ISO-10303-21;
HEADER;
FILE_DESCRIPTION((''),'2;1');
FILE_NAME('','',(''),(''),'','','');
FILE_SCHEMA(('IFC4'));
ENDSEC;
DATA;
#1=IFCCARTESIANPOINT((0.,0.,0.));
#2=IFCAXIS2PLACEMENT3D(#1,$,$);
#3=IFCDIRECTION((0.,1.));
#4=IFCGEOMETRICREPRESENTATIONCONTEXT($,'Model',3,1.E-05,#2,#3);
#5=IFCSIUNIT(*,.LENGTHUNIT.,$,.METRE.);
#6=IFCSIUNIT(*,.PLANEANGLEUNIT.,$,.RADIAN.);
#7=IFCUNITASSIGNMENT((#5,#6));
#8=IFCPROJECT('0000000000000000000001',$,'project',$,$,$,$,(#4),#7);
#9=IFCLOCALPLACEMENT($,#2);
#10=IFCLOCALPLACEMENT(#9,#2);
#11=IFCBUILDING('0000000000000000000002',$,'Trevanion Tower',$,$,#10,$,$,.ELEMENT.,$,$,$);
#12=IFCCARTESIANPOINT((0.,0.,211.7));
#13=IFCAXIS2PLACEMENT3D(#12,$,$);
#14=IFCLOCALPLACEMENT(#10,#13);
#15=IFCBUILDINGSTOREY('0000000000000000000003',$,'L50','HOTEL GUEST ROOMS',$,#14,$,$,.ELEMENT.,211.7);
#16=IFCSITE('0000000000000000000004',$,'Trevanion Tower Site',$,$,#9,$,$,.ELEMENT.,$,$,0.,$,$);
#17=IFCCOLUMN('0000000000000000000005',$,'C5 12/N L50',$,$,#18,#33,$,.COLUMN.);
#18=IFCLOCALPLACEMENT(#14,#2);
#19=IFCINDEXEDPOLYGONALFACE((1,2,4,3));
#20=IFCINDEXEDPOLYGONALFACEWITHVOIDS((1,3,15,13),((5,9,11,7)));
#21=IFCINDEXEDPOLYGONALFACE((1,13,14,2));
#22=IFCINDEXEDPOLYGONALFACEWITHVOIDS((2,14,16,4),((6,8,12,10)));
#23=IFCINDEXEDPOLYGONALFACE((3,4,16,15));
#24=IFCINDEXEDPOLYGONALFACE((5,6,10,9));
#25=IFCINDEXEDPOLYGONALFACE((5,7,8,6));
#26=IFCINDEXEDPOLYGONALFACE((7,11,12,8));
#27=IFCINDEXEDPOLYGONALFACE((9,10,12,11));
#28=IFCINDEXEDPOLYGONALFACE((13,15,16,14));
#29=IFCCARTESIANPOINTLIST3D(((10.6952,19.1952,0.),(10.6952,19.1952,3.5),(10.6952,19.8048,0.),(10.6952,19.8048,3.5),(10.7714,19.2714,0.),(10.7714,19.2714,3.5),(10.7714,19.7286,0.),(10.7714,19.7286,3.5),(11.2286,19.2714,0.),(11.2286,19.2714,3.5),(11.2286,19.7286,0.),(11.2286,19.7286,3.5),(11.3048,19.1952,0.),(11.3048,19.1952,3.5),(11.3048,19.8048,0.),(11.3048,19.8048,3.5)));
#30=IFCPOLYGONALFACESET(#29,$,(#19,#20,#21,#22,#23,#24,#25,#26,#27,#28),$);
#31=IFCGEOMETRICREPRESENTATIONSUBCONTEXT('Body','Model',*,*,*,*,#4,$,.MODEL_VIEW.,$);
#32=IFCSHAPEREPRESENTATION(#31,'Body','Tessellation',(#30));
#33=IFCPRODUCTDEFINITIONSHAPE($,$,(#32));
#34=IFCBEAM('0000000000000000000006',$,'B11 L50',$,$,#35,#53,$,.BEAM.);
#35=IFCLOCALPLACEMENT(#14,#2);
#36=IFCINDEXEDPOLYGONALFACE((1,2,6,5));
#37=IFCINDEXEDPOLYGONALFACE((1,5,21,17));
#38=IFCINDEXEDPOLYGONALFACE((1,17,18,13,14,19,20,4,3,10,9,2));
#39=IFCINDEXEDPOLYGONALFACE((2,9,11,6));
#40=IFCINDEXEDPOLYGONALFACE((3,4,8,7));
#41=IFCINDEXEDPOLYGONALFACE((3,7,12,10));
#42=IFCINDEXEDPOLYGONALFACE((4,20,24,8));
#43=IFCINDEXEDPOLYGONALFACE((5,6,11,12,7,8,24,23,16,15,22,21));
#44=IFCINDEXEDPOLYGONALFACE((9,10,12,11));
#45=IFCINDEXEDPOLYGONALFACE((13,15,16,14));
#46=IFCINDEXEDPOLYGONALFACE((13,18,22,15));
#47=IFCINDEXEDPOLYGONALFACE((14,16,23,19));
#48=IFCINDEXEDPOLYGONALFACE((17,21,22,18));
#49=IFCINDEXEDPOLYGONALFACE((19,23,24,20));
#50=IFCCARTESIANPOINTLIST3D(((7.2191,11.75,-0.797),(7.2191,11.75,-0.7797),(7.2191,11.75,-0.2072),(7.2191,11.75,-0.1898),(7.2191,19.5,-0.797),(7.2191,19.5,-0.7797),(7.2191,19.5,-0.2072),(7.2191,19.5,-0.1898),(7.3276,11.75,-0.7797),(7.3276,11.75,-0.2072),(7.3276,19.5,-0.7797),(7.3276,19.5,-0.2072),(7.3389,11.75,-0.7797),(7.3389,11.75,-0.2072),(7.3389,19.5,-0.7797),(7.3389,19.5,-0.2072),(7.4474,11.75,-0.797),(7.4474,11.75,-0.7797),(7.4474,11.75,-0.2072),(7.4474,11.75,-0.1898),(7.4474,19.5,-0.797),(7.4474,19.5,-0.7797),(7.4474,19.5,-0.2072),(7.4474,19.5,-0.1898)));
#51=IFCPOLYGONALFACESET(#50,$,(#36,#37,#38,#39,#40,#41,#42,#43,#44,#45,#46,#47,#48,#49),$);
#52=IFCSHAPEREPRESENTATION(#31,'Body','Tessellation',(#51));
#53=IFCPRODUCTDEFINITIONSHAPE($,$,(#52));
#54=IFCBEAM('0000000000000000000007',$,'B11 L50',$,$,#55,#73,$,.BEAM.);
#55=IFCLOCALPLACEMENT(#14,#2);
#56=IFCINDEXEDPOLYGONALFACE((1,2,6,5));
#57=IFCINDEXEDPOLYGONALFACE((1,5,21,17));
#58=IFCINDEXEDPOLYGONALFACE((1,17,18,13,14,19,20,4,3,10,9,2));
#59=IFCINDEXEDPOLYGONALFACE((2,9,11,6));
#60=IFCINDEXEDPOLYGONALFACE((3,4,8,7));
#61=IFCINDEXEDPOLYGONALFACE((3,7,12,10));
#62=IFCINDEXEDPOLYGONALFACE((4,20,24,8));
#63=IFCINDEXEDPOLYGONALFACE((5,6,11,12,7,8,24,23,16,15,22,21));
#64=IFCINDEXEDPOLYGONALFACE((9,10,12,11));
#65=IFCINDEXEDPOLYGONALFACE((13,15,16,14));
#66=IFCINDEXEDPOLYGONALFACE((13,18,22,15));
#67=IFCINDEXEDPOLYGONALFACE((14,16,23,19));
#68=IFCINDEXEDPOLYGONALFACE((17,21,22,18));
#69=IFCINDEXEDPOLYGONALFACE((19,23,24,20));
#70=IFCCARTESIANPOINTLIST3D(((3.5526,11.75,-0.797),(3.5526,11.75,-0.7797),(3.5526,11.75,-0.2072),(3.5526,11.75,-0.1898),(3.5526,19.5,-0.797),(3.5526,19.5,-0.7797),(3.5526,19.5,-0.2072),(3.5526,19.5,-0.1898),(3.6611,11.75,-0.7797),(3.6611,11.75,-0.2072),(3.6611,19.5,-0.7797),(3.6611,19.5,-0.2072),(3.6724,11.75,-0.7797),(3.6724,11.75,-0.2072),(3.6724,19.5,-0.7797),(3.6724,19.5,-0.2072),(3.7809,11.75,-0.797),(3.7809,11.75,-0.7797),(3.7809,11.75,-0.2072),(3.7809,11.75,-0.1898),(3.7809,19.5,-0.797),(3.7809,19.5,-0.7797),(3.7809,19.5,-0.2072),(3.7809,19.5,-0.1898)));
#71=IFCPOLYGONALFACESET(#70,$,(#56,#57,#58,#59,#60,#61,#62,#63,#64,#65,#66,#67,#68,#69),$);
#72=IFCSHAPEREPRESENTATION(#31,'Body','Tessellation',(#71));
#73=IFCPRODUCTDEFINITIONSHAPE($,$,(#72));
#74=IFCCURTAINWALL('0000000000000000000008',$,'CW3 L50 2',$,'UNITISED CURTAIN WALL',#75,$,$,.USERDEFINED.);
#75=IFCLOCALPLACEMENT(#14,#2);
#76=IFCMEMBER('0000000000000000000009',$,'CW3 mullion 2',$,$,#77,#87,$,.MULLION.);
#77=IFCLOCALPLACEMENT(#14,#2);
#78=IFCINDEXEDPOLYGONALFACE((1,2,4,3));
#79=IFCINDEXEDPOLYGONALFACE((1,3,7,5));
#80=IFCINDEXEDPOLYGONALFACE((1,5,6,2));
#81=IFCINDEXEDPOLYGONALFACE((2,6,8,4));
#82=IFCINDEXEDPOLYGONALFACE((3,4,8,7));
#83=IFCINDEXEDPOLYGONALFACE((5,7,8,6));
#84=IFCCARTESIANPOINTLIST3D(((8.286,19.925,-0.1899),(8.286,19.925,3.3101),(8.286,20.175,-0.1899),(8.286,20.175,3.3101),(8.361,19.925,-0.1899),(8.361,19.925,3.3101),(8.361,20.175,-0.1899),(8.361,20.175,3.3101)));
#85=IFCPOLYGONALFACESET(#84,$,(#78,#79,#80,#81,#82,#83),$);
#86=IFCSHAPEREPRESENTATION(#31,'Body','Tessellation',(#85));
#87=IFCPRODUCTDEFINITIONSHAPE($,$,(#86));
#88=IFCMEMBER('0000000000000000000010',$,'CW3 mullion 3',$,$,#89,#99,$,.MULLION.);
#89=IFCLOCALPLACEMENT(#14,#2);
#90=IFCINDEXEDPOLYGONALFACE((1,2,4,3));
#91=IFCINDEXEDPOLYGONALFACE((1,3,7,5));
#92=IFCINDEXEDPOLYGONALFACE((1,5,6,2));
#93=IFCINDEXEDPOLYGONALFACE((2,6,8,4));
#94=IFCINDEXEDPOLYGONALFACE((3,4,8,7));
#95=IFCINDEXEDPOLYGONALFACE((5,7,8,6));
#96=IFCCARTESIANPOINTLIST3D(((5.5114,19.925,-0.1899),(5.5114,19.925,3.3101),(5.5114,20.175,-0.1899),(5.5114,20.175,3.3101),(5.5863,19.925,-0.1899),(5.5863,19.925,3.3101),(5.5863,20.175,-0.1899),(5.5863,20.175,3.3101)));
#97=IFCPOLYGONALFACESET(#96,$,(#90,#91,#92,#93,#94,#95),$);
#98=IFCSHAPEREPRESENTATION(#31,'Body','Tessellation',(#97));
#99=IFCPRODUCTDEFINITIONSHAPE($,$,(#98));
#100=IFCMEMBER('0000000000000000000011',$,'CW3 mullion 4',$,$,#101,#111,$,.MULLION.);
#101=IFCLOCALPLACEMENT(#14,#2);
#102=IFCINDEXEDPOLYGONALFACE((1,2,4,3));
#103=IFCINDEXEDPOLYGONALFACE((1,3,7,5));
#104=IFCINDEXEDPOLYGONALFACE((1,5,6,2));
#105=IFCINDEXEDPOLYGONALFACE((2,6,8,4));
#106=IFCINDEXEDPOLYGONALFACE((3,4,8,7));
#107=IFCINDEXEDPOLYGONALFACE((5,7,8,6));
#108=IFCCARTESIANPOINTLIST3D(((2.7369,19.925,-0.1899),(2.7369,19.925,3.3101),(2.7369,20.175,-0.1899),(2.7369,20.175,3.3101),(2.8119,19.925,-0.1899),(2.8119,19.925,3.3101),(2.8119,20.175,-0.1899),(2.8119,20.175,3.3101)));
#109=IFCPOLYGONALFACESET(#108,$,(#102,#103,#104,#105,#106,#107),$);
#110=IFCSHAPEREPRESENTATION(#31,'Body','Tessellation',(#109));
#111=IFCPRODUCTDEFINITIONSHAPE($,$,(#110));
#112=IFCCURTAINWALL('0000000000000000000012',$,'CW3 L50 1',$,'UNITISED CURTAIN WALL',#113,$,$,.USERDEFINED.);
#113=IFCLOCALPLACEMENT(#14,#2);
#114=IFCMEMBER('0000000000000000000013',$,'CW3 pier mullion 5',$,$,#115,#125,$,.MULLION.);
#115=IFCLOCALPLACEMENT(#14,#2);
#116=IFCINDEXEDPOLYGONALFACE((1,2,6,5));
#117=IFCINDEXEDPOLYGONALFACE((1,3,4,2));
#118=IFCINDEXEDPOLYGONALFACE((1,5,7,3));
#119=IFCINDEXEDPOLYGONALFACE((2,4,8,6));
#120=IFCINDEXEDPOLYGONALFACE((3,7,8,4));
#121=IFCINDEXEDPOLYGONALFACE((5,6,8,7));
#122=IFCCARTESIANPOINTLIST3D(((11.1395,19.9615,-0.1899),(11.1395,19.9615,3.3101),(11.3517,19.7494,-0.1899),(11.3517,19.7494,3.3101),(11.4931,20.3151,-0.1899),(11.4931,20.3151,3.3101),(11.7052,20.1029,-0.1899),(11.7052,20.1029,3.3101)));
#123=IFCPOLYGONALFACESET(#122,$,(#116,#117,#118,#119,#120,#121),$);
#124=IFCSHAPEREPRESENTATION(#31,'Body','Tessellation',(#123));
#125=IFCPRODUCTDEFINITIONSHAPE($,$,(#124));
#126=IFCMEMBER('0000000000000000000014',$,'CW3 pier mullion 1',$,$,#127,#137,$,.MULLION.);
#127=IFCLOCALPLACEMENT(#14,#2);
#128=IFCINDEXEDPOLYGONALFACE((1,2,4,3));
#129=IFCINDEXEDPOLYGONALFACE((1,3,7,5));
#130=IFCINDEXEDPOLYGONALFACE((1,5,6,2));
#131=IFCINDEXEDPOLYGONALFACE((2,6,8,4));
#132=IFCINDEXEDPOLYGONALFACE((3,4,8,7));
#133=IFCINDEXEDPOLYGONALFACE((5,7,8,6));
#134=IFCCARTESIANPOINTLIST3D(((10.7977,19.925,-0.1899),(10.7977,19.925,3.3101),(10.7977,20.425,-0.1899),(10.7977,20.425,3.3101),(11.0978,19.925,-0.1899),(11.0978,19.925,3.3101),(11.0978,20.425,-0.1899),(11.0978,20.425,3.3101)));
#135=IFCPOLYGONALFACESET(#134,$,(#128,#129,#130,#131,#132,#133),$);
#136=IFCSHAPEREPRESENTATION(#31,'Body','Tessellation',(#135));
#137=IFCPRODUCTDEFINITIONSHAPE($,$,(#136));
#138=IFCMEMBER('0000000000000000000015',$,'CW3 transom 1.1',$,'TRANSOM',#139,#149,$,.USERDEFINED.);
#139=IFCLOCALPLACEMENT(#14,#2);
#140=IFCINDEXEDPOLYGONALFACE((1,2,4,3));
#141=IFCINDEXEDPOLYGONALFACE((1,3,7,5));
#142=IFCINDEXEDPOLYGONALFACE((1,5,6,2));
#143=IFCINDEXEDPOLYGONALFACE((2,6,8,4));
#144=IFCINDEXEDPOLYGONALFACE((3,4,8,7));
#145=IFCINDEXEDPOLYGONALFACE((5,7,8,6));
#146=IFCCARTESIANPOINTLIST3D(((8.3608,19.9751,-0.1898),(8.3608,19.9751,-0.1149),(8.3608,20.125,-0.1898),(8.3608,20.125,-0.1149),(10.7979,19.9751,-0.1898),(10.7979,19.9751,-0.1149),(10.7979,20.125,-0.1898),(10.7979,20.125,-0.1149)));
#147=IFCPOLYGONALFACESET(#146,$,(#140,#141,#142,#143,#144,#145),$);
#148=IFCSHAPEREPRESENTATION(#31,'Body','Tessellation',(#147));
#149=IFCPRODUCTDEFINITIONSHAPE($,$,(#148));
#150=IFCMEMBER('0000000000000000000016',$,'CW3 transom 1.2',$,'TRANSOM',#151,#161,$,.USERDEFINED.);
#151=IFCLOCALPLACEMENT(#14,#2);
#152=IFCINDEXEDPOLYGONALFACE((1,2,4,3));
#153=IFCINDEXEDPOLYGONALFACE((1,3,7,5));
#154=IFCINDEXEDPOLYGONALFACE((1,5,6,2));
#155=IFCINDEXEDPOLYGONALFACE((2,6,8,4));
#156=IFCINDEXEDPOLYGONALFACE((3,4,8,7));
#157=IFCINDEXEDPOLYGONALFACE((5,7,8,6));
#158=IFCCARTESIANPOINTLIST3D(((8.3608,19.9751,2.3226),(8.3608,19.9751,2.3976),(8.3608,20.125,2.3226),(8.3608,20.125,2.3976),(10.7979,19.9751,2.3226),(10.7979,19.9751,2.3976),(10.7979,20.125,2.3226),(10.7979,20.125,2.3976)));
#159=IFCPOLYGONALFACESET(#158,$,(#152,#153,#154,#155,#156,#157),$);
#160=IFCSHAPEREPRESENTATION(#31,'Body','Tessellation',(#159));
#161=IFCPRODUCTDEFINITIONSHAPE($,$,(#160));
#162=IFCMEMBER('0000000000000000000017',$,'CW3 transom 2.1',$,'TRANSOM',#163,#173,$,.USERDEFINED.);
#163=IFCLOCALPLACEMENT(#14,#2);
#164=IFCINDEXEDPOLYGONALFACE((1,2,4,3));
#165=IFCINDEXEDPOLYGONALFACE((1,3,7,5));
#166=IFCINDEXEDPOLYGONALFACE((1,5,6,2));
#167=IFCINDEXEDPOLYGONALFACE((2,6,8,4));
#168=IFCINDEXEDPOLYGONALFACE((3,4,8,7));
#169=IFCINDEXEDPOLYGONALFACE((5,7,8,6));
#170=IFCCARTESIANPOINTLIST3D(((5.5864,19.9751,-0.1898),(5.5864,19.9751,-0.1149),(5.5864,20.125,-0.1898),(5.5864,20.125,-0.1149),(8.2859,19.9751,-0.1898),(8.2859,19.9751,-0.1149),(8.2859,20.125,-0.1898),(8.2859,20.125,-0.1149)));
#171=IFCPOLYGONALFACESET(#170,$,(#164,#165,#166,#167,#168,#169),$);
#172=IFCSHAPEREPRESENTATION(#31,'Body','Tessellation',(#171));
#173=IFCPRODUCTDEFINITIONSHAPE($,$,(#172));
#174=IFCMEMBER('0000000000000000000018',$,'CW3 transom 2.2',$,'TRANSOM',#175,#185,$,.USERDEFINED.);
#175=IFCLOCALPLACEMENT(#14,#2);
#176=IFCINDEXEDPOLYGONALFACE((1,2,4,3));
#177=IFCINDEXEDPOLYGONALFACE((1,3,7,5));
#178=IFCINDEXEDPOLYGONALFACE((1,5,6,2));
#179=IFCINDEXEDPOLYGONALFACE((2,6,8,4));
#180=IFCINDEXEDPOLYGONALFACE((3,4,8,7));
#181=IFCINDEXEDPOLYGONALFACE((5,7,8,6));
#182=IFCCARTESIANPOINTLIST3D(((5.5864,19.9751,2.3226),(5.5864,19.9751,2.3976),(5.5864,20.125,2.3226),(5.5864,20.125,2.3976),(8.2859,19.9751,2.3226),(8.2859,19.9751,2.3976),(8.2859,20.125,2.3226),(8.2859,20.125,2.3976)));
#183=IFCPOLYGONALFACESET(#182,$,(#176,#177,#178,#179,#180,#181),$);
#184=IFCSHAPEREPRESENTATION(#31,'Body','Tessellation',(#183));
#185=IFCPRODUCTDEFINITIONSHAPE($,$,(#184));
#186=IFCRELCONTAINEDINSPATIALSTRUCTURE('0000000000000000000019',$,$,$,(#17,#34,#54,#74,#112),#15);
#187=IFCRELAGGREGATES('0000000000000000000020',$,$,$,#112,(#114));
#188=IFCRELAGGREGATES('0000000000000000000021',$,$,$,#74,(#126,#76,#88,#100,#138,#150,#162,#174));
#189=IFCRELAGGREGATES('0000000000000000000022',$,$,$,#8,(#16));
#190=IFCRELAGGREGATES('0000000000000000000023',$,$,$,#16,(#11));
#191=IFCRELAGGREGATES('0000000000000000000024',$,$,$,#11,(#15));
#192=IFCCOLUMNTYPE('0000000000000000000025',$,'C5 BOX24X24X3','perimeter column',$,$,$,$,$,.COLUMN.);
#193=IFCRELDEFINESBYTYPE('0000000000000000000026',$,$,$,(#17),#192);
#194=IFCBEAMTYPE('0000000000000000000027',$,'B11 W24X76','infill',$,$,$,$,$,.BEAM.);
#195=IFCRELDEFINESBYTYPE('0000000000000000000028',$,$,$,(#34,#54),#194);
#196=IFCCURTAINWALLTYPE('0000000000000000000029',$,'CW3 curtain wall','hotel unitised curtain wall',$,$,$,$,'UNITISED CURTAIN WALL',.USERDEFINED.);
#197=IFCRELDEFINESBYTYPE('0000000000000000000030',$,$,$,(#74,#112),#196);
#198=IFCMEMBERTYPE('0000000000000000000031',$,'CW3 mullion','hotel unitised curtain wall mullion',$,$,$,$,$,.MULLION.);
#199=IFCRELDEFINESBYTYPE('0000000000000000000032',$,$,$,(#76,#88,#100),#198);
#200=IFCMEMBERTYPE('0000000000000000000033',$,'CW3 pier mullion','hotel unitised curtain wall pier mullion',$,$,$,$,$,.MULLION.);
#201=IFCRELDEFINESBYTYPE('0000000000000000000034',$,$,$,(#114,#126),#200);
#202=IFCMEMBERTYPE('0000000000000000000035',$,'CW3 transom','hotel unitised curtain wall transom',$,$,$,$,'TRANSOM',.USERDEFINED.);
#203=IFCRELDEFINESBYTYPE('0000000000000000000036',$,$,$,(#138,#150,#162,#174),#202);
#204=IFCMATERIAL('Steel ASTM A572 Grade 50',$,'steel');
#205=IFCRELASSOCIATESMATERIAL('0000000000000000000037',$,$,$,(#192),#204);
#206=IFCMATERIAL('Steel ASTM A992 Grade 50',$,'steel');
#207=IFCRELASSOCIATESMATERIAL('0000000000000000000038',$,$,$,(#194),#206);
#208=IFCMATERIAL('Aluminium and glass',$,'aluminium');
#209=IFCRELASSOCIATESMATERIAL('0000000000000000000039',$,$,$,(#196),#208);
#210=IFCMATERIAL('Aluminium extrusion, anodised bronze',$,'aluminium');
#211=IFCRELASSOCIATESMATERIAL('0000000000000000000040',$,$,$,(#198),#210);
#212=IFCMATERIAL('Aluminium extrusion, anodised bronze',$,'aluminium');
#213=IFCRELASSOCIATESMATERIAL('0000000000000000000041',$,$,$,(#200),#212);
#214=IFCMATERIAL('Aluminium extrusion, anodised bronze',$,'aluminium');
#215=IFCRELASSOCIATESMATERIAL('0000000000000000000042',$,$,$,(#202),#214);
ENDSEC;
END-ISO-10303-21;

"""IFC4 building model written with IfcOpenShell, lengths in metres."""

from ifc_helpers import new_model, si_unit, direction, frame, origin, origin_2d, place, context, subcontext, project, spatial, rectangle, hollow_rectangle, i_section, extrude, material, material_profile, profile_set, type_object, element, aggregate, save


model = new_model("IFC4")

# Units and contexts
model_context = context("Model", 3, precision=1e-05, world=origin(), true_north=direction((0.0, 1.0)))
body_context = subcontext(model_context, "Body", "Model", "MODEL_VIEW")
ifc_project = project(units=[si_unit("LENGTHUNIT", "METRE"), si_unit("PLANEANGLEUNIT", "RADIAN")], contexts=[model_context])

# Site, building, storey
site_placement = place(None, origin())
site = spatial("IfcSite", under=ifc_project, at=site_placement, Name="Trevanion Tower Site", CompositionType="ELEMENT", RefElevation=0.0)
building_placement = place(site_placement, origin())
building = spatial("IfcBuilding", under=site, at=building_placement, Name="Trevanion Tower", CompositionType="ELEMENT")
storey_placement = place(building_placement, frame((0.0, 0.0, 211.7)))
storey = spatial("IfcBuildingStorey", under=building, at=storey_placement, Name="L50", Description="HOTEL GUEST ROOMS", CompositionType="ELEMENT", Elevation=211.7)

# Column
ifc_material_1 = material(Name="Steel ASTM A572 Grade 50", Category="steel")
ifc_material_profile_1 = material_profile(ifc_material_1, hollow_rectangle(XDim=0.6096, YDim=0.6096, WallThickness=0.0762, at=origin_2d()), Name="BOX24X24X3")
ifc_profile_set_1 = profile_set([ifc_material_profile_1], Name="Steel ASTM A572 Grade 50")
column_type = type_object("IfcColumnType", Name="C5 BOX24X24X3", Description="perimeter column", PredefinedType="COLUMN", material=ifc_profile_set_1)
column_placement = place(storey_placement, frame((11.0, 19.5, 0.0), z_axis=(0.0, 0.0, 1.0), x_axis=(1.0, 0.0, 0.0)))
element("IfcColumn", 1, at=column_placement, inside=storey, type_object=column_type, Name="C5 12/N L50", PredefinedType="COLUMN", context=body_context, shape_type="SweptSolid", body=[
    extrude(hollow_rectangle(XDim=0.6096, YDim=0.6096, WallThickness=0.0762, at=origin_2d()), origin(), (0.0, 0.0, 1.0), 3.5),
])

# Beams
ifc_material_2 = material(Name="Steel ASTM A992 Grade 50", Category="steel")
ifc_material_profile_2 = material_profile(ifc_material_2, i_section(OverallWidth=0.2283, OverallDepth=0.6072, WebThickness=0.0112, FlangeThickness=0.0173, at=origin_2d()), Name="W24X76")
ifc_profile_set_2 = profile_set([ifc_material_profile_2], Name="Steel ASTM A992 Grade 50")
beam_type_1 = type_object("IfcBeamType", Name="B11 W24X76", Description="infill", PredefinedType="BEAM", material=ifc_profile_set_2)
for number, where, z_axis, x_axis, name in (
    (2, (7.3333, 11.75, -0.4934), (0.0, 1.0, 0.0), (-1.0, 0.0, 0.0), "B11 L50"),
    (3, (3.6667, 11.75, -0.4934), (0.0, 1.0, 0.0), (-1.0, 0.0, 0.0), "B11 L50"),
):
    element("IfcBeam", number, at=place(storey_placement, frame(where, z_axis=z_axis, x_axis=x_axis)), inside=storey, type_object=beam_type_1, Name=name, PredefinedType="BEAM", context=body_context, shape_type="SweptSolid", body=[
        extrude(i_section(OverallWidth=0.2283, OverallDepth=0.6072, WebThickness=0.0112, FlangeThickness=0.0173, at=origin_2d()), origin(), (0.0, 0.0, 1.0), 7.75),
    ])

# Curtain wall, members
ifc_material_3 = material(Name="Aluminium and glass", Category="aluminium")
curtain_wall_type = type_object("IfcCurtainWallType", Name="CW3 curtain wall", Description="hotel unitised curtain wall", ElementType="UNITISED CURTAIN WALL", PredefinedType="USERDEFINED", material=ifc_material_3)
curtain_wall_1_placement = place(storey_placement, origin())
curtain_wall_1 = element("IfcCurtainWall", 4, at=curtain_wall_1_placement, inside=storey, type_object=curtain_wall_type, Name="CW3 L50 2", ObjectType="UNITISED CURTAIN WALL", PredefinedType="USERDEFINED")
ifc_material_4 = material(Name="Aluminium extrusion, anodised bronze", Category="aluminium")
ifc_material_profile_3 = material_profile(ifc_material_4, rectangle(XDim=0.075, YDim=0.25, at=origin_2d()), Name="CW3 mullion")
ifc_profile_set_3 = profile_set([ifc_material_profile_3], Name="Aluminium extrusion, anodised bronze")
member_type_1 = type_object("IfcMemberType", Name="CW3 mullion", Description="hotel unitised curtain wall mullion", PredefinedType="MULLION", material=ifc_profile_set_3)
member_1_placement = place(storey_placement, frame((8.3235, 20.05, -0.1899), z_axis=(0.0, 0.0, 1.0), x_axis=(-1.0, 0.0, 0.0)))
member_1 = element("IfcMember", 5, at=member_1_placement, type_object=member_type_1, Name="CW3 mullion 2", PredefinedType="MULLION", context=body_context, shape_type="SweptSolid", body=[
    extrude(rectangle(XDim=0.075, YDim=0.25, at=origin_2d()), origin(), (0.0, 0.0, 1.0), 3.5),
])
member_2_placement = place(storey_placement, frame((5.5488, 20.05, -0.1899), z_axis=(0.0, 0.0, 1.0), x_axis=(-1.0, 0.0, 0.0)))
member_2 = element("IfcMember", 6, at=member_2_placement, type_object=member_type_1, Name="CW3 mullion 3", PredefinedType="MULLION", context=body_context, shape_type="SweptSolid", body=[
    extrude(rectangle(XDim=0.075, YDim=0.25, at=origin_2d()), origin(), (0.0, 0.0, 1.0), 3.5),
])
member_3_placement = place(storey_placement, frame((2.7744, 20.05, -0.1899), z_axis=(0.0, 0.0, 1.0), x_axis=(-1.0, 0.0, 0.0)))
member_3 = element("IfcMember", 7, at=member_3_placement, type_object=member_type_1, Name="CW3 mullion 4", PredefinedType="MULLION", context=body_context, shape_type="SweptSolid", body=[
    extrude(rectangle(XDim=0.075, YDim=0.25, at=origin_2d()), origin(), (0.0, 0.0, 1.0), 3.5),
])

# Curtain wall, member
curtain_wall_2_placement = place(storey_placement, origin())
curtain_wall_2 = element("IfcCurtainWall", 8, at=curtain_wall_2_placement, inside=storey, type_object=curtain_wall_type, Name="CW3 L50 1", ObjectType="UNITISED CURTAIN WALL", PredefinedType="USERDEFINED")
ifc_material_5 = material(Name="Aluminium extrusion, anodised bronze", Category="aluminium")
ifc_material_profile_4 = material_profile(ifc_material_5, rectangle(XDim=0.3, YDim=0.5, at=origin_2d()), Name="CW3 pier mullion")
ifc_profile_set_4 = profile_set([ifc_material_profile_4], Name="Aluminium extrusion, anodised bronze")
member_type_2 = type_object("IfcMemberType", Name="CW3 pier mullion", Description="hotel unitised curtain wall pier mullion", PredefinedType="MULLION", material=ifc_profile_set_4)
member_4_placement = place(storey_placement, frame((11.4224, 20.0322, -0.1899), z_axis=(0.0, 0.0, 1.0), x_axis=(-0.707107, 0.707107, 0.0)))
member_4 = element("IfcMember", 9, at=member_4_placement, type_object=member_type_2, Name="CW3 pier mullion 5", PredefinedType="MULLION", context=body_context, shape_type="SweptSolid", body=[
    extrude(rectangle(XDim=0.3, YDim=0.5, at=origin_2d()), origin(), (0.0, 0.0, 1.0), 3.5),
])
aggregate(curtain_wall_2, [member_4])

# Members
member_5_placement = place(storey_placement, frame((10.9478, 20.175, -0.1899), z_axis=(0.0, 0.0, 1.0), x_axis=(-1.0, 0.0, 0.0)))
member_5 = element("IfcMember", 10, at=member_5_placement, type_object=member_type_2, Name="CW3 pier mullion 1", PredefinedType="MULLION", context=body_context, shape_type="SweptSolid", body=[
    extrude(rectangle(XDim=0.3, YDim=0.5, at=origin_2d()), origin(), (0.0, 0.0, 1.0), 3.5),
])
ifc_material_6 = material(Name="Aluminium extrusion, anodised bronze", Category="aluminium")
ifc_material_profile_5 = material_profile(ifc_material_6, rectangle(XDim=0.1499, YDim=0.075, at=origin_2d()), Name="CW3 transom")
ifc_profile_set_5 = profile_set([ifc_material_profile_5], Name="Aluminium extrusion, anodised bronze")
member_type_3 = type_object("IfcMemberType", Name="CW3 transom", Description="hotel unitised curtain wall transom", ElementType="TRANSOM", PredefinedType="USERDEFINED", material=ifc_profile_set_5)
member_6_placement = place(storey_placement, frame((10.7979, 20.05, -0.1523), z_axis=(-1.0, 0.0, 0.0), x_axis=(0.0, -1.0, 0.0)))
member_6 = element("IfcMember", 11, at=member_6_placement, type_object=member_type_3, Name="CW3 transom 1.1", ObjectType="TRANSOM", PredefinedType="USERDEFINED", context=body_context, shape_type="SweptSolid", body=[
    extrude(rectangle(XDim=0.1499, YDim=0.075, at=origin_2d()), origin(), (0.0, 0.0, 1.0), 2.437),
])
member_7_placement = place(storey_placement, frame((10.7979, 20.05, 2.3601), z_axis=(-1.0, 0.0, 0.0), x_axis=(0.0, -1.0, 0.0)))
member_7 = element("IfcMember", 12, at=member_7_placement, type_object=member_type_3, Name="CW3 transom 1.2", ObjectType="TRANSOM", PredefinedType="USERDEFINED", context=body_context, shape_type="SweptSolid", body=[
    extrude(rectangle(XDim=0.1499, YDim=0.075, at=origin_2d()), origin(), (0.0, 0.0, 1.0), 2.437),
])
member_8_placement = place(storey_placement, frame((8.2859, 20.05, -0.1523), z_axis=(-1.0, 0.0, 0.0), x_axis=(0.0, -1.0, 0.0)))
member_8 = element("IfcMember", 13, at=member_8_placement, type_object=member_type_3, Name="CW3 transom 2.1", ObjectType="TRANSOM", PredefinedType="USERDEFINED", context=body_context, shape_type="SweptSolid", body=[
    extrude(rectangle(XDim=0.1499, YDim=0.075, at=origin_2d()), origin(), (0.0, 0.0, 1.0), 2.6995),
])
member_9_placement = place(storey_placement, frame((8.2859, 20.05, 2.3601), z_axis=(-1.0, 0.0, 0.0), x_axis=(0.0, -1.0, 0.0)))
member_9 = element("IfcMember", 14, at=member_9_placement, type_object=member_type_3, Name="CW3 transom 2.2", ObjectType="TRANSOM", PredefinedType="USERDEFINED", context=body_context, shape_type="SweptSolid", body=[
    extrude(rectangle(XDim=0.1499, YDim=0.075, at=origin_2d()), origin(), (0.0, 0.0, 1.0), 2.6995),
])

aggregate(curtain_wall_1, [member_5, member_1, member_2, member_3, member_6, member_7, member_8, member_9])

save(model, "model.ifc")
